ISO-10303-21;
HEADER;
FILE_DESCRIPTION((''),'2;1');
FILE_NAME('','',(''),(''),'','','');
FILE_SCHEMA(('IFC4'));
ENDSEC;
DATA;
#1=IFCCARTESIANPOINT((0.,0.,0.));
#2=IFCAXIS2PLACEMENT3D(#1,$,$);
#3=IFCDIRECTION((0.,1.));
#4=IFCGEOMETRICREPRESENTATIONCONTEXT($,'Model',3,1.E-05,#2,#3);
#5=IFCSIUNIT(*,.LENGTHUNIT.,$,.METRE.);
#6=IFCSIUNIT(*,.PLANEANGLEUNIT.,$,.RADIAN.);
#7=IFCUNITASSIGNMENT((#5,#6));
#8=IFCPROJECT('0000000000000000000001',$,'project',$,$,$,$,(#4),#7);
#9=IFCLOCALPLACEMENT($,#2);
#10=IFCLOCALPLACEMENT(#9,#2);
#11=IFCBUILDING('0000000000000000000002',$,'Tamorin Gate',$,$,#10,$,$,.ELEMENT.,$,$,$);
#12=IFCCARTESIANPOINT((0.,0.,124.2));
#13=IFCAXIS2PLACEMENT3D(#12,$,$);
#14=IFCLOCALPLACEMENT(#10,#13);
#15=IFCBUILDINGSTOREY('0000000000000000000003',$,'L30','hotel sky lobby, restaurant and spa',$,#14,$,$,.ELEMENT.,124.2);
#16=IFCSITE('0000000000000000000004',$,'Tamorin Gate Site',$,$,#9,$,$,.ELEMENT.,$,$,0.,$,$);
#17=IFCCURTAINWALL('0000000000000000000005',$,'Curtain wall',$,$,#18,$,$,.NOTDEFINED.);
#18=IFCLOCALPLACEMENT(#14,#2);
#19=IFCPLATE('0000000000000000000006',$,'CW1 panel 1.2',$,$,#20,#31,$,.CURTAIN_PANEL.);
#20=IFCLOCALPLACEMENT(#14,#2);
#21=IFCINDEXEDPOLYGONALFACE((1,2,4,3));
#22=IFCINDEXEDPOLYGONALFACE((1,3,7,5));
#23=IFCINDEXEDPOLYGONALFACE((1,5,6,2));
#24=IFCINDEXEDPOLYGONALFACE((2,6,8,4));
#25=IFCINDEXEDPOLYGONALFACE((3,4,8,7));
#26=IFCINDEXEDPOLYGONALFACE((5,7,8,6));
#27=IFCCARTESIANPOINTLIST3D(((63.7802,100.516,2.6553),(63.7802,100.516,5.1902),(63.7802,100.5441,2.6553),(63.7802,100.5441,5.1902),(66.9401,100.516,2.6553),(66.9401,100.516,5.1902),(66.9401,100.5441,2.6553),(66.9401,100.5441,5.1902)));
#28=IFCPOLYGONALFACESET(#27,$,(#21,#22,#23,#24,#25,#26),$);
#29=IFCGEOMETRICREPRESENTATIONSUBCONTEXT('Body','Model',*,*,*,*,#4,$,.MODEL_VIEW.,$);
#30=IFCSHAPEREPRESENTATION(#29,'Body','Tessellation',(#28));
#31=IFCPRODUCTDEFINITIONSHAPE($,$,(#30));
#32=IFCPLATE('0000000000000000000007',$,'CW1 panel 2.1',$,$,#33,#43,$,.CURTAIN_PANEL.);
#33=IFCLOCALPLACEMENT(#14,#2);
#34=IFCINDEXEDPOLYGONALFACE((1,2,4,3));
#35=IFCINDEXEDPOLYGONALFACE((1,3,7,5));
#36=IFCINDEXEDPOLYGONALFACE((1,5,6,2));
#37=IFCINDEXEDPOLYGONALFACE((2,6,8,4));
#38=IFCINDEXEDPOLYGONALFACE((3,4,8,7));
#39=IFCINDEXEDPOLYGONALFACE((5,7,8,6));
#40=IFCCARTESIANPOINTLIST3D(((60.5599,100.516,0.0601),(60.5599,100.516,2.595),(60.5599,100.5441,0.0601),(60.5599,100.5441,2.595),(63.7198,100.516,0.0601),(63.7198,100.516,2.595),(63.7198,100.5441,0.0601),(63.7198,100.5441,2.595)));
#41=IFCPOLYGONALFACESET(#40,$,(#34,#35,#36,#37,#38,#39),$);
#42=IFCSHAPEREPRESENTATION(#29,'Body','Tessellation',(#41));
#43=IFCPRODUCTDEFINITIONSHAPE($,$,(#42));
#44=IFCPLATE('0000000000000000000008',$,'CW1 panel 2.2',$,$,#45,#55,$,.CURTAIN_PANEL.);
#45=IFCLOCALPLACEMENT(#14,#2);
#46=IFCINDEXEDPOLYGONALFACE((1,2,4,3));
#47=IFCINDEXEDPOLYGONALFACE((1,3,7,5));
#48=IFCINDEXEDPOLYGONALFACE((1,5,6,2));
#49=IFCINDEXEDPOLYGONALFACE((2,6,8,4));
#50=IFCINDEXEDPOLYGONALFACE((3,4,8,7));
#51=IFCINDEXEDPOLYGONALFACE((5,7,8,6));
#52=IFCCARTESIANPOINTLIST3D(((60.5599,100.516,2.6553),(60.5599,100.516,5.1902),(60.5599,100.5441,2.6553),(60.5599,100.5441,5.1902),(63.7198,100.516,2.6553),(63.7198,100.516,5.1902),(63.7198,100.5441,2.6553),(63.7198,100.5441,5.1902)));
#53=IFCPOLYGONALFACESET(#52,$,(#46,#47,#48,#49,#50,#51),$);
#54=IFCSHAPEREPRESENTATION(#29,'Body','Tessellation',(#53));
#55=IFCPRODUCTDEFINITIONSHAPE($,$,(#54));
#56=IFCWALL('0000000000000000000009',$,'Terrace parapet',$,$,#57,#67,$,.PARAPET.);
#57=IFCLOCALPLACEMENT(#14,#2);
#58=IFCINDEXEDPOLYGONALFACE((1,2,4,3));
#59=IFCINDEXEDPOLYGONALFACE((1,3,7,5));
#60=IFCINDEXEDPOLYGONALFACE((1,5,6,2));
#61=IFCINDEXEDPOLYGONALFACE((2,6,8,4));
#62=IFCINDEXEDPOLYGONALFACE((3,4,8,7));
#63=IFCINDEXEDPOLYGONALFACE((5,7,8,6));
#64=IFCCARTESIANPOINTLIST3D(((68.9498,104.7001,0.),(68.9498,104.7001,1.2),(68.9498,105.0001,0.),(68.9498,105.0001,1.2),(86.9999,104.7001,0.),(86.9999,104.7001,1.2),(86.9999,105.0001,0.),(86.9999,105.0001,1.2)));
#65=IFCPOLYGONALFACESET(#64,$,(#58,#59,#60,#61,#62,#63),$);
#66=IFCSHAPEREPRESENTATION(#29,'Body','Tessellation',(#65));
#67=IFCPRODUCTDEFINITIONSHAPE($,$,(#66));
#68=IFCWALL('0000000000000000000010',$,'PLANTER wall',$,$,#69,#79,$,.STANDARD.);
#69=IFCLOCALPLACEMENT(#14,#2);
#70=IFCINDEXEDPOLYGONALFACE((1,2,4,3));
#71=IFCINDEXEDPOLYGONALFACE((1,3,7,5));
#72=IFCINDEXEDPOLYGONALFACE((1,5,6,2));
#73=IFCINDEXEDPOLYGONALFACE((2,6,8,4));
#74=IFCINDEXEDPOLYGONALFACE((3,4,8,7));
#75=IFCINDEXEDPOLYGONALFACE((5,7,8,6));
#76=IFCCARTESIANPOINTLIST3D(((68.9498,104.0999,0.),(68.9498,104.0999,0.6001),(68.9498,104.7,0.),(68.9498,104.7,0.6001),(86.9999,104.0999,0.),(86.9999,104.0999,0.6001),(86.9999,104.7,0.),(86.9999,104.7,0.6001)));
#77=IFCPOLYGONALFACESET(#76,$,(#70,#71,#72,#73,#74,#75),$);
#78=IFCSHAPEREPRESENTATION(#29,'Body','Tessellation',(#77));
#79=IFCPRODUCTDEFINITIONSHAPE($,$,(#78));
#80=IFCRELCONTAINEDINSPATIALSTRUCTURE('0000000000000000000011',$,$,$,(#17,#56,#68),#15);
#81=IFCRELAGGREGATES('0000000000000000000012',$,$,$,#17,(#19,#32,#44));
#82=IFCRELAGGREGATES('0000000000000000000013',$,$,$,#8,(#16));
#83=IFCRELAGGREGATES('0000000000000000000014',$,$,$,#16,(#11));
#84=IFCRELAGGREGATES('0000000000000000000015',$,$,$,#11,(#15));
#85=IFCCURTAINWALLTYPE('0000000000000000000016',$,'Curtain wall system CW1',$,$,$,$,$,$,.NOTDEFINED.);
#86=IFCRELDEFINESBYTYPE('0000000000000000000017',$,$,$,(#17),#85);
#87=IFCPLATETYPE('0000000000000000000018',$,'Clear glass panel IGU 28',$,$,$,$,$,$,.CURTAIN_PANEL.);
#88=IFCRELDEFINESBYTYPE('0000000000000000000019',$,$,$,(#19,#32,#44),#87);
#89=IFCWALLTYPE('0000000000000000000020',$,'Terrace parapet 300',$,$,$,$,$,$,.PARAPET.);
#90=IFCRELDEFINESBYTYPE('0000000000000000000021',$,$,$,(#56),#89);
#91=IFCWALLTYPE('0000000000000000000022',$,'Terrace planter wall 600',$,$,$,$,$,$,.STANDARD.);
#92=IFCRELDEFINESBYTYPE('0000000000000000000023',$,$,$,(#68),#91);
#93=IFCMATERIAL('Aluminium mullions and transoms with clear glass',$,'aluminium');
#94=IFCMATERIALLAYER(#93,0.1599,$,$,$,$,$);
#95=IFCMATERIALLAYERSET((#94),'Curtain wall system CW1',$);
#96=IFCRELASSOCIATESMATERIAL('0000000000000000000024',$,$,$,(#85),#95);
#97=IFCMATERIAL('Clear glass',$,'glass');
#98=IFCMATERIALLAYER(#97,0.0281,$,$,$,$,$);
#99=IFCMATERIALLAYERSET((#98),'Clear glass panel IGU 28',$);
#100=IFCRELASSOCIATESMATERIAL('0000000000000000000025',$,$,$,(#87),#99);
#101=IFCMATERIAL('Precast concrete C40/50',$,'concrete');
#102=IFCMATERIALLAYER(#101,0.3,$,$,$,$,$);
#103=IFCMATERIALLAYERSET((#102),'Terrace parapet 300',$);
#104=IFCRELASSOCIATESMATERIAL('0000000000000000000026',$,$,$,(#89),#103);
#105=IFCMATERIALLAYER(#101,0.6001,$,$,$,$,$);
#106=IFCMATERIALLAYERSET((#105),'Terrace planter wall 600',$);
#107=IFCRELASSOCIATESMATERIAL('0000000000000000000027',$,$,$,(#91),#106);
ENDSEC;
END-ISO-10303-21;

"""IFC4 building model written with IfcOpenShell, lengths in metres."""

from ifc_helpers import new_model, si_unit, direction, frame, frame_2d, origin, origin_2d, place, context, subcontext, project, spatial, rectangle, extrude, material, layer, layer_set, type_object, element, aggregate, save


model = new_model("IFC4")

# Units and contexts
model_context = context("Model", 3, precision=1e-05, world=origin(), true_north=direction((0.0, 1.0)))
body_context = subcontext(model_context, "Body", "Model", "MODEL_VIEW")
ifc_project = project(units=[si_unit("LENGTHUNIT", "METRE"), si_unit("PLANEANGLEUNIT", "RADIAN")], contexts=[model_context])

# Site, building, storey
site_placement = place(None, origin())
site = spatial("IfcSite", under=ifc_project, at=site_placement, Name="Tamorin Gate Site", CompositionType="ELEMENT", RefElevation=0.0)
building_placement = place(site_placement, origin())
building = spatial("IfcBuilding", under=site, at=building_placement, Name="Tamorin Gate", CompositionType="ELEMENT")
storey_placement = place(building_placement, frame((0.0, 0.0, 124.2)))
storey = spatial("IfcBuildingStorey", under=building, at=storey_placement, Name="L30", Description="hotel sky lobby, restaurant and spa", CompositionType="ELEMENT", Elevation=124.2)

# Curtain wall
ifc_material_1 = material(Name="Aluminium mullions and transoms with clear glass", Category="aluminium")
ifc_layer_1 = layer(ifc_material_1, 0.1599)
ifc_layer_set_1 = layer_set([ifc_layer_1], Name="Curtain wall system CW1")
curtain_wall_type = type_object("IfcCurtainWallType", Name="Curtain wall system CW1", PredefinedType="NOTDEFINED", material=ifc_layer_set_1)
curtain_wall_1_placement = place(storey_placement, origin())
curtain_wall_1 = element("IfcCurtainWall", 1, at=curtain_wall_1_placement, inside=storey, type_object=curtain_wall_type, Name="Curtain wall", PredefinedType="NOTDEFINED")

# Plates
ifc_material_2 = material(Name="Clear glass", Category="glass")
ifc_layer_2 = layer(ifc_material_2, 0.0281)
ifc_layer_set_2 = layer_set([ifc_layer_2], Name="Clear glass panel IGU 28")
plate_type = type_object("IfcPlateType", Name="Clear glass panel IGU 28", PredefinedType="CURTAIN_PANEL", material=ifc_layer_set_2)
plate_1_placement = place(storey_placement, frame((65.3601, 100.53, 2.6553), z_axis=(0.0, 0.0, 1.0), x_axis=(-1.0, 0.0, 0.0)))
plate_1 = element("IfcPlate", 2, at=plate_1_placement, type_object=plate_type, Name="CW1 panel 1.2", PredefinedType="CURTAIN_PANEL", context=body_context, shape_type="SweptSolid", body=[
    extrude(rectangle(XDim=3.1599, YDim=0.0281, at=origin_2d()), origin(), (0.0, 0.0, 1.0), 2.5349),
])
plate_2_placement = place(storey_placement, frame((62.1399, 100.53, 0.0601), z_axis=(0.0, 0.0, 1.0), x_axis=(-1.0, 0.0, 0.0)))
plate_2 = element("IfcPlate", 3, at=plate_2_placement, type_object=plate_type, Name="CW1 panel 2.1", PredefinedType="CURTAIN_PANEL", context=body_context, shape_type="SweptSolid", body=[
    extrude(rectangle(XDim=3.1599, YDim=0.0281, at=origin_2d()), origin(), (0.0, 0.0, 1.0), 2.5349),
])
plate_3_placement = place(storey_placement, frame((62.1399, 100.53, 2.6553), z_axis=(0.0, 0.0, 1.0), x_axis=(-1.0, 0.0, 0.0)))
plate_3 = element("IfcPlate", 4, at=plate_3_placement, type_object=plate_type, Name="CW1 panel 2.2", PredefinedType="CURTAIN_PANEL", context=body_context, shape_type="SweptSolid", body=[
    extrude(rectangle(XDim=3.1599, YDim=0.0281, at=origin_2d()), origin(), (0.0, 0.0, 1.0), 2.5349),
])
aggregate(curtain_wall_1, [plate_1, plate_2, plate_3])

# Walls
ifc_material_3 = material(Name="Precast concrete C40/50", Category="concrete")
ifc_layer_3 = layer(ifc_material_3, 0.3)
ifc_layer_set_3 = layer_set([ifc_layer_3], Name="Terrace parapet 300")
wall_type_1 = type_object("IfcWallType", Name="Terrace parapet 300", PredefinedType="PARAPET", material=ifc_layer_set_3)
wall_1_placement = place(storey_placement, frame((68.95, 104.8501, 0.0), z_axis=(0.0, 0.0, 1.0), x_axis=(1.0, 0.0, 0.0)))
element("IfcWall", 5, at=wall_1_placement, inside=storey, type_object=wall_type_1, Name="Terrace parapet", PredefinedType="PARAPET", context=body_context, shape_type="SweptSolid", body=[
    extrude(rectangle(XDim=18.05, YDim=0.3, at=frame_2d((9.0249, 0.0))), origin(), (0.0, 0.0, 1.0), 1.2),
])
ifc_layer_4 = layer(ifc_material_3, 0.6001)
ifc_layer_set_4 = layer_set([ifc_layer_4], Name="Terrace planter wall 600")
wall_type_2 = type_object("IfcWallType", Name="Terrace planter wall 600", PredefinedType="STANDARD", material=ifc_layer_set_4)
wall_2_placement = place(storey_placement, frame((68.95, 104.3999, 0.0), z_axis=(0.0, 0.0, 1.0), x_axis=(1.0, 0.0, 0.0)))
element("IfcWall", 6, at=wall_2_placement, inside=storey, type_object=wall_type_2, Name="PLANTER wall", PredefinedType="STANDARD", context=body_context, shape_type="SweptSolid", body=[
    extrude(rectangle(XDim=18.05, YDim=0.6001, at=frame_2d((9.0249, 0.0))), origin(), (0.0, 0.0, 1.0), 0.6001),
])

save(model, "model.ifc")
